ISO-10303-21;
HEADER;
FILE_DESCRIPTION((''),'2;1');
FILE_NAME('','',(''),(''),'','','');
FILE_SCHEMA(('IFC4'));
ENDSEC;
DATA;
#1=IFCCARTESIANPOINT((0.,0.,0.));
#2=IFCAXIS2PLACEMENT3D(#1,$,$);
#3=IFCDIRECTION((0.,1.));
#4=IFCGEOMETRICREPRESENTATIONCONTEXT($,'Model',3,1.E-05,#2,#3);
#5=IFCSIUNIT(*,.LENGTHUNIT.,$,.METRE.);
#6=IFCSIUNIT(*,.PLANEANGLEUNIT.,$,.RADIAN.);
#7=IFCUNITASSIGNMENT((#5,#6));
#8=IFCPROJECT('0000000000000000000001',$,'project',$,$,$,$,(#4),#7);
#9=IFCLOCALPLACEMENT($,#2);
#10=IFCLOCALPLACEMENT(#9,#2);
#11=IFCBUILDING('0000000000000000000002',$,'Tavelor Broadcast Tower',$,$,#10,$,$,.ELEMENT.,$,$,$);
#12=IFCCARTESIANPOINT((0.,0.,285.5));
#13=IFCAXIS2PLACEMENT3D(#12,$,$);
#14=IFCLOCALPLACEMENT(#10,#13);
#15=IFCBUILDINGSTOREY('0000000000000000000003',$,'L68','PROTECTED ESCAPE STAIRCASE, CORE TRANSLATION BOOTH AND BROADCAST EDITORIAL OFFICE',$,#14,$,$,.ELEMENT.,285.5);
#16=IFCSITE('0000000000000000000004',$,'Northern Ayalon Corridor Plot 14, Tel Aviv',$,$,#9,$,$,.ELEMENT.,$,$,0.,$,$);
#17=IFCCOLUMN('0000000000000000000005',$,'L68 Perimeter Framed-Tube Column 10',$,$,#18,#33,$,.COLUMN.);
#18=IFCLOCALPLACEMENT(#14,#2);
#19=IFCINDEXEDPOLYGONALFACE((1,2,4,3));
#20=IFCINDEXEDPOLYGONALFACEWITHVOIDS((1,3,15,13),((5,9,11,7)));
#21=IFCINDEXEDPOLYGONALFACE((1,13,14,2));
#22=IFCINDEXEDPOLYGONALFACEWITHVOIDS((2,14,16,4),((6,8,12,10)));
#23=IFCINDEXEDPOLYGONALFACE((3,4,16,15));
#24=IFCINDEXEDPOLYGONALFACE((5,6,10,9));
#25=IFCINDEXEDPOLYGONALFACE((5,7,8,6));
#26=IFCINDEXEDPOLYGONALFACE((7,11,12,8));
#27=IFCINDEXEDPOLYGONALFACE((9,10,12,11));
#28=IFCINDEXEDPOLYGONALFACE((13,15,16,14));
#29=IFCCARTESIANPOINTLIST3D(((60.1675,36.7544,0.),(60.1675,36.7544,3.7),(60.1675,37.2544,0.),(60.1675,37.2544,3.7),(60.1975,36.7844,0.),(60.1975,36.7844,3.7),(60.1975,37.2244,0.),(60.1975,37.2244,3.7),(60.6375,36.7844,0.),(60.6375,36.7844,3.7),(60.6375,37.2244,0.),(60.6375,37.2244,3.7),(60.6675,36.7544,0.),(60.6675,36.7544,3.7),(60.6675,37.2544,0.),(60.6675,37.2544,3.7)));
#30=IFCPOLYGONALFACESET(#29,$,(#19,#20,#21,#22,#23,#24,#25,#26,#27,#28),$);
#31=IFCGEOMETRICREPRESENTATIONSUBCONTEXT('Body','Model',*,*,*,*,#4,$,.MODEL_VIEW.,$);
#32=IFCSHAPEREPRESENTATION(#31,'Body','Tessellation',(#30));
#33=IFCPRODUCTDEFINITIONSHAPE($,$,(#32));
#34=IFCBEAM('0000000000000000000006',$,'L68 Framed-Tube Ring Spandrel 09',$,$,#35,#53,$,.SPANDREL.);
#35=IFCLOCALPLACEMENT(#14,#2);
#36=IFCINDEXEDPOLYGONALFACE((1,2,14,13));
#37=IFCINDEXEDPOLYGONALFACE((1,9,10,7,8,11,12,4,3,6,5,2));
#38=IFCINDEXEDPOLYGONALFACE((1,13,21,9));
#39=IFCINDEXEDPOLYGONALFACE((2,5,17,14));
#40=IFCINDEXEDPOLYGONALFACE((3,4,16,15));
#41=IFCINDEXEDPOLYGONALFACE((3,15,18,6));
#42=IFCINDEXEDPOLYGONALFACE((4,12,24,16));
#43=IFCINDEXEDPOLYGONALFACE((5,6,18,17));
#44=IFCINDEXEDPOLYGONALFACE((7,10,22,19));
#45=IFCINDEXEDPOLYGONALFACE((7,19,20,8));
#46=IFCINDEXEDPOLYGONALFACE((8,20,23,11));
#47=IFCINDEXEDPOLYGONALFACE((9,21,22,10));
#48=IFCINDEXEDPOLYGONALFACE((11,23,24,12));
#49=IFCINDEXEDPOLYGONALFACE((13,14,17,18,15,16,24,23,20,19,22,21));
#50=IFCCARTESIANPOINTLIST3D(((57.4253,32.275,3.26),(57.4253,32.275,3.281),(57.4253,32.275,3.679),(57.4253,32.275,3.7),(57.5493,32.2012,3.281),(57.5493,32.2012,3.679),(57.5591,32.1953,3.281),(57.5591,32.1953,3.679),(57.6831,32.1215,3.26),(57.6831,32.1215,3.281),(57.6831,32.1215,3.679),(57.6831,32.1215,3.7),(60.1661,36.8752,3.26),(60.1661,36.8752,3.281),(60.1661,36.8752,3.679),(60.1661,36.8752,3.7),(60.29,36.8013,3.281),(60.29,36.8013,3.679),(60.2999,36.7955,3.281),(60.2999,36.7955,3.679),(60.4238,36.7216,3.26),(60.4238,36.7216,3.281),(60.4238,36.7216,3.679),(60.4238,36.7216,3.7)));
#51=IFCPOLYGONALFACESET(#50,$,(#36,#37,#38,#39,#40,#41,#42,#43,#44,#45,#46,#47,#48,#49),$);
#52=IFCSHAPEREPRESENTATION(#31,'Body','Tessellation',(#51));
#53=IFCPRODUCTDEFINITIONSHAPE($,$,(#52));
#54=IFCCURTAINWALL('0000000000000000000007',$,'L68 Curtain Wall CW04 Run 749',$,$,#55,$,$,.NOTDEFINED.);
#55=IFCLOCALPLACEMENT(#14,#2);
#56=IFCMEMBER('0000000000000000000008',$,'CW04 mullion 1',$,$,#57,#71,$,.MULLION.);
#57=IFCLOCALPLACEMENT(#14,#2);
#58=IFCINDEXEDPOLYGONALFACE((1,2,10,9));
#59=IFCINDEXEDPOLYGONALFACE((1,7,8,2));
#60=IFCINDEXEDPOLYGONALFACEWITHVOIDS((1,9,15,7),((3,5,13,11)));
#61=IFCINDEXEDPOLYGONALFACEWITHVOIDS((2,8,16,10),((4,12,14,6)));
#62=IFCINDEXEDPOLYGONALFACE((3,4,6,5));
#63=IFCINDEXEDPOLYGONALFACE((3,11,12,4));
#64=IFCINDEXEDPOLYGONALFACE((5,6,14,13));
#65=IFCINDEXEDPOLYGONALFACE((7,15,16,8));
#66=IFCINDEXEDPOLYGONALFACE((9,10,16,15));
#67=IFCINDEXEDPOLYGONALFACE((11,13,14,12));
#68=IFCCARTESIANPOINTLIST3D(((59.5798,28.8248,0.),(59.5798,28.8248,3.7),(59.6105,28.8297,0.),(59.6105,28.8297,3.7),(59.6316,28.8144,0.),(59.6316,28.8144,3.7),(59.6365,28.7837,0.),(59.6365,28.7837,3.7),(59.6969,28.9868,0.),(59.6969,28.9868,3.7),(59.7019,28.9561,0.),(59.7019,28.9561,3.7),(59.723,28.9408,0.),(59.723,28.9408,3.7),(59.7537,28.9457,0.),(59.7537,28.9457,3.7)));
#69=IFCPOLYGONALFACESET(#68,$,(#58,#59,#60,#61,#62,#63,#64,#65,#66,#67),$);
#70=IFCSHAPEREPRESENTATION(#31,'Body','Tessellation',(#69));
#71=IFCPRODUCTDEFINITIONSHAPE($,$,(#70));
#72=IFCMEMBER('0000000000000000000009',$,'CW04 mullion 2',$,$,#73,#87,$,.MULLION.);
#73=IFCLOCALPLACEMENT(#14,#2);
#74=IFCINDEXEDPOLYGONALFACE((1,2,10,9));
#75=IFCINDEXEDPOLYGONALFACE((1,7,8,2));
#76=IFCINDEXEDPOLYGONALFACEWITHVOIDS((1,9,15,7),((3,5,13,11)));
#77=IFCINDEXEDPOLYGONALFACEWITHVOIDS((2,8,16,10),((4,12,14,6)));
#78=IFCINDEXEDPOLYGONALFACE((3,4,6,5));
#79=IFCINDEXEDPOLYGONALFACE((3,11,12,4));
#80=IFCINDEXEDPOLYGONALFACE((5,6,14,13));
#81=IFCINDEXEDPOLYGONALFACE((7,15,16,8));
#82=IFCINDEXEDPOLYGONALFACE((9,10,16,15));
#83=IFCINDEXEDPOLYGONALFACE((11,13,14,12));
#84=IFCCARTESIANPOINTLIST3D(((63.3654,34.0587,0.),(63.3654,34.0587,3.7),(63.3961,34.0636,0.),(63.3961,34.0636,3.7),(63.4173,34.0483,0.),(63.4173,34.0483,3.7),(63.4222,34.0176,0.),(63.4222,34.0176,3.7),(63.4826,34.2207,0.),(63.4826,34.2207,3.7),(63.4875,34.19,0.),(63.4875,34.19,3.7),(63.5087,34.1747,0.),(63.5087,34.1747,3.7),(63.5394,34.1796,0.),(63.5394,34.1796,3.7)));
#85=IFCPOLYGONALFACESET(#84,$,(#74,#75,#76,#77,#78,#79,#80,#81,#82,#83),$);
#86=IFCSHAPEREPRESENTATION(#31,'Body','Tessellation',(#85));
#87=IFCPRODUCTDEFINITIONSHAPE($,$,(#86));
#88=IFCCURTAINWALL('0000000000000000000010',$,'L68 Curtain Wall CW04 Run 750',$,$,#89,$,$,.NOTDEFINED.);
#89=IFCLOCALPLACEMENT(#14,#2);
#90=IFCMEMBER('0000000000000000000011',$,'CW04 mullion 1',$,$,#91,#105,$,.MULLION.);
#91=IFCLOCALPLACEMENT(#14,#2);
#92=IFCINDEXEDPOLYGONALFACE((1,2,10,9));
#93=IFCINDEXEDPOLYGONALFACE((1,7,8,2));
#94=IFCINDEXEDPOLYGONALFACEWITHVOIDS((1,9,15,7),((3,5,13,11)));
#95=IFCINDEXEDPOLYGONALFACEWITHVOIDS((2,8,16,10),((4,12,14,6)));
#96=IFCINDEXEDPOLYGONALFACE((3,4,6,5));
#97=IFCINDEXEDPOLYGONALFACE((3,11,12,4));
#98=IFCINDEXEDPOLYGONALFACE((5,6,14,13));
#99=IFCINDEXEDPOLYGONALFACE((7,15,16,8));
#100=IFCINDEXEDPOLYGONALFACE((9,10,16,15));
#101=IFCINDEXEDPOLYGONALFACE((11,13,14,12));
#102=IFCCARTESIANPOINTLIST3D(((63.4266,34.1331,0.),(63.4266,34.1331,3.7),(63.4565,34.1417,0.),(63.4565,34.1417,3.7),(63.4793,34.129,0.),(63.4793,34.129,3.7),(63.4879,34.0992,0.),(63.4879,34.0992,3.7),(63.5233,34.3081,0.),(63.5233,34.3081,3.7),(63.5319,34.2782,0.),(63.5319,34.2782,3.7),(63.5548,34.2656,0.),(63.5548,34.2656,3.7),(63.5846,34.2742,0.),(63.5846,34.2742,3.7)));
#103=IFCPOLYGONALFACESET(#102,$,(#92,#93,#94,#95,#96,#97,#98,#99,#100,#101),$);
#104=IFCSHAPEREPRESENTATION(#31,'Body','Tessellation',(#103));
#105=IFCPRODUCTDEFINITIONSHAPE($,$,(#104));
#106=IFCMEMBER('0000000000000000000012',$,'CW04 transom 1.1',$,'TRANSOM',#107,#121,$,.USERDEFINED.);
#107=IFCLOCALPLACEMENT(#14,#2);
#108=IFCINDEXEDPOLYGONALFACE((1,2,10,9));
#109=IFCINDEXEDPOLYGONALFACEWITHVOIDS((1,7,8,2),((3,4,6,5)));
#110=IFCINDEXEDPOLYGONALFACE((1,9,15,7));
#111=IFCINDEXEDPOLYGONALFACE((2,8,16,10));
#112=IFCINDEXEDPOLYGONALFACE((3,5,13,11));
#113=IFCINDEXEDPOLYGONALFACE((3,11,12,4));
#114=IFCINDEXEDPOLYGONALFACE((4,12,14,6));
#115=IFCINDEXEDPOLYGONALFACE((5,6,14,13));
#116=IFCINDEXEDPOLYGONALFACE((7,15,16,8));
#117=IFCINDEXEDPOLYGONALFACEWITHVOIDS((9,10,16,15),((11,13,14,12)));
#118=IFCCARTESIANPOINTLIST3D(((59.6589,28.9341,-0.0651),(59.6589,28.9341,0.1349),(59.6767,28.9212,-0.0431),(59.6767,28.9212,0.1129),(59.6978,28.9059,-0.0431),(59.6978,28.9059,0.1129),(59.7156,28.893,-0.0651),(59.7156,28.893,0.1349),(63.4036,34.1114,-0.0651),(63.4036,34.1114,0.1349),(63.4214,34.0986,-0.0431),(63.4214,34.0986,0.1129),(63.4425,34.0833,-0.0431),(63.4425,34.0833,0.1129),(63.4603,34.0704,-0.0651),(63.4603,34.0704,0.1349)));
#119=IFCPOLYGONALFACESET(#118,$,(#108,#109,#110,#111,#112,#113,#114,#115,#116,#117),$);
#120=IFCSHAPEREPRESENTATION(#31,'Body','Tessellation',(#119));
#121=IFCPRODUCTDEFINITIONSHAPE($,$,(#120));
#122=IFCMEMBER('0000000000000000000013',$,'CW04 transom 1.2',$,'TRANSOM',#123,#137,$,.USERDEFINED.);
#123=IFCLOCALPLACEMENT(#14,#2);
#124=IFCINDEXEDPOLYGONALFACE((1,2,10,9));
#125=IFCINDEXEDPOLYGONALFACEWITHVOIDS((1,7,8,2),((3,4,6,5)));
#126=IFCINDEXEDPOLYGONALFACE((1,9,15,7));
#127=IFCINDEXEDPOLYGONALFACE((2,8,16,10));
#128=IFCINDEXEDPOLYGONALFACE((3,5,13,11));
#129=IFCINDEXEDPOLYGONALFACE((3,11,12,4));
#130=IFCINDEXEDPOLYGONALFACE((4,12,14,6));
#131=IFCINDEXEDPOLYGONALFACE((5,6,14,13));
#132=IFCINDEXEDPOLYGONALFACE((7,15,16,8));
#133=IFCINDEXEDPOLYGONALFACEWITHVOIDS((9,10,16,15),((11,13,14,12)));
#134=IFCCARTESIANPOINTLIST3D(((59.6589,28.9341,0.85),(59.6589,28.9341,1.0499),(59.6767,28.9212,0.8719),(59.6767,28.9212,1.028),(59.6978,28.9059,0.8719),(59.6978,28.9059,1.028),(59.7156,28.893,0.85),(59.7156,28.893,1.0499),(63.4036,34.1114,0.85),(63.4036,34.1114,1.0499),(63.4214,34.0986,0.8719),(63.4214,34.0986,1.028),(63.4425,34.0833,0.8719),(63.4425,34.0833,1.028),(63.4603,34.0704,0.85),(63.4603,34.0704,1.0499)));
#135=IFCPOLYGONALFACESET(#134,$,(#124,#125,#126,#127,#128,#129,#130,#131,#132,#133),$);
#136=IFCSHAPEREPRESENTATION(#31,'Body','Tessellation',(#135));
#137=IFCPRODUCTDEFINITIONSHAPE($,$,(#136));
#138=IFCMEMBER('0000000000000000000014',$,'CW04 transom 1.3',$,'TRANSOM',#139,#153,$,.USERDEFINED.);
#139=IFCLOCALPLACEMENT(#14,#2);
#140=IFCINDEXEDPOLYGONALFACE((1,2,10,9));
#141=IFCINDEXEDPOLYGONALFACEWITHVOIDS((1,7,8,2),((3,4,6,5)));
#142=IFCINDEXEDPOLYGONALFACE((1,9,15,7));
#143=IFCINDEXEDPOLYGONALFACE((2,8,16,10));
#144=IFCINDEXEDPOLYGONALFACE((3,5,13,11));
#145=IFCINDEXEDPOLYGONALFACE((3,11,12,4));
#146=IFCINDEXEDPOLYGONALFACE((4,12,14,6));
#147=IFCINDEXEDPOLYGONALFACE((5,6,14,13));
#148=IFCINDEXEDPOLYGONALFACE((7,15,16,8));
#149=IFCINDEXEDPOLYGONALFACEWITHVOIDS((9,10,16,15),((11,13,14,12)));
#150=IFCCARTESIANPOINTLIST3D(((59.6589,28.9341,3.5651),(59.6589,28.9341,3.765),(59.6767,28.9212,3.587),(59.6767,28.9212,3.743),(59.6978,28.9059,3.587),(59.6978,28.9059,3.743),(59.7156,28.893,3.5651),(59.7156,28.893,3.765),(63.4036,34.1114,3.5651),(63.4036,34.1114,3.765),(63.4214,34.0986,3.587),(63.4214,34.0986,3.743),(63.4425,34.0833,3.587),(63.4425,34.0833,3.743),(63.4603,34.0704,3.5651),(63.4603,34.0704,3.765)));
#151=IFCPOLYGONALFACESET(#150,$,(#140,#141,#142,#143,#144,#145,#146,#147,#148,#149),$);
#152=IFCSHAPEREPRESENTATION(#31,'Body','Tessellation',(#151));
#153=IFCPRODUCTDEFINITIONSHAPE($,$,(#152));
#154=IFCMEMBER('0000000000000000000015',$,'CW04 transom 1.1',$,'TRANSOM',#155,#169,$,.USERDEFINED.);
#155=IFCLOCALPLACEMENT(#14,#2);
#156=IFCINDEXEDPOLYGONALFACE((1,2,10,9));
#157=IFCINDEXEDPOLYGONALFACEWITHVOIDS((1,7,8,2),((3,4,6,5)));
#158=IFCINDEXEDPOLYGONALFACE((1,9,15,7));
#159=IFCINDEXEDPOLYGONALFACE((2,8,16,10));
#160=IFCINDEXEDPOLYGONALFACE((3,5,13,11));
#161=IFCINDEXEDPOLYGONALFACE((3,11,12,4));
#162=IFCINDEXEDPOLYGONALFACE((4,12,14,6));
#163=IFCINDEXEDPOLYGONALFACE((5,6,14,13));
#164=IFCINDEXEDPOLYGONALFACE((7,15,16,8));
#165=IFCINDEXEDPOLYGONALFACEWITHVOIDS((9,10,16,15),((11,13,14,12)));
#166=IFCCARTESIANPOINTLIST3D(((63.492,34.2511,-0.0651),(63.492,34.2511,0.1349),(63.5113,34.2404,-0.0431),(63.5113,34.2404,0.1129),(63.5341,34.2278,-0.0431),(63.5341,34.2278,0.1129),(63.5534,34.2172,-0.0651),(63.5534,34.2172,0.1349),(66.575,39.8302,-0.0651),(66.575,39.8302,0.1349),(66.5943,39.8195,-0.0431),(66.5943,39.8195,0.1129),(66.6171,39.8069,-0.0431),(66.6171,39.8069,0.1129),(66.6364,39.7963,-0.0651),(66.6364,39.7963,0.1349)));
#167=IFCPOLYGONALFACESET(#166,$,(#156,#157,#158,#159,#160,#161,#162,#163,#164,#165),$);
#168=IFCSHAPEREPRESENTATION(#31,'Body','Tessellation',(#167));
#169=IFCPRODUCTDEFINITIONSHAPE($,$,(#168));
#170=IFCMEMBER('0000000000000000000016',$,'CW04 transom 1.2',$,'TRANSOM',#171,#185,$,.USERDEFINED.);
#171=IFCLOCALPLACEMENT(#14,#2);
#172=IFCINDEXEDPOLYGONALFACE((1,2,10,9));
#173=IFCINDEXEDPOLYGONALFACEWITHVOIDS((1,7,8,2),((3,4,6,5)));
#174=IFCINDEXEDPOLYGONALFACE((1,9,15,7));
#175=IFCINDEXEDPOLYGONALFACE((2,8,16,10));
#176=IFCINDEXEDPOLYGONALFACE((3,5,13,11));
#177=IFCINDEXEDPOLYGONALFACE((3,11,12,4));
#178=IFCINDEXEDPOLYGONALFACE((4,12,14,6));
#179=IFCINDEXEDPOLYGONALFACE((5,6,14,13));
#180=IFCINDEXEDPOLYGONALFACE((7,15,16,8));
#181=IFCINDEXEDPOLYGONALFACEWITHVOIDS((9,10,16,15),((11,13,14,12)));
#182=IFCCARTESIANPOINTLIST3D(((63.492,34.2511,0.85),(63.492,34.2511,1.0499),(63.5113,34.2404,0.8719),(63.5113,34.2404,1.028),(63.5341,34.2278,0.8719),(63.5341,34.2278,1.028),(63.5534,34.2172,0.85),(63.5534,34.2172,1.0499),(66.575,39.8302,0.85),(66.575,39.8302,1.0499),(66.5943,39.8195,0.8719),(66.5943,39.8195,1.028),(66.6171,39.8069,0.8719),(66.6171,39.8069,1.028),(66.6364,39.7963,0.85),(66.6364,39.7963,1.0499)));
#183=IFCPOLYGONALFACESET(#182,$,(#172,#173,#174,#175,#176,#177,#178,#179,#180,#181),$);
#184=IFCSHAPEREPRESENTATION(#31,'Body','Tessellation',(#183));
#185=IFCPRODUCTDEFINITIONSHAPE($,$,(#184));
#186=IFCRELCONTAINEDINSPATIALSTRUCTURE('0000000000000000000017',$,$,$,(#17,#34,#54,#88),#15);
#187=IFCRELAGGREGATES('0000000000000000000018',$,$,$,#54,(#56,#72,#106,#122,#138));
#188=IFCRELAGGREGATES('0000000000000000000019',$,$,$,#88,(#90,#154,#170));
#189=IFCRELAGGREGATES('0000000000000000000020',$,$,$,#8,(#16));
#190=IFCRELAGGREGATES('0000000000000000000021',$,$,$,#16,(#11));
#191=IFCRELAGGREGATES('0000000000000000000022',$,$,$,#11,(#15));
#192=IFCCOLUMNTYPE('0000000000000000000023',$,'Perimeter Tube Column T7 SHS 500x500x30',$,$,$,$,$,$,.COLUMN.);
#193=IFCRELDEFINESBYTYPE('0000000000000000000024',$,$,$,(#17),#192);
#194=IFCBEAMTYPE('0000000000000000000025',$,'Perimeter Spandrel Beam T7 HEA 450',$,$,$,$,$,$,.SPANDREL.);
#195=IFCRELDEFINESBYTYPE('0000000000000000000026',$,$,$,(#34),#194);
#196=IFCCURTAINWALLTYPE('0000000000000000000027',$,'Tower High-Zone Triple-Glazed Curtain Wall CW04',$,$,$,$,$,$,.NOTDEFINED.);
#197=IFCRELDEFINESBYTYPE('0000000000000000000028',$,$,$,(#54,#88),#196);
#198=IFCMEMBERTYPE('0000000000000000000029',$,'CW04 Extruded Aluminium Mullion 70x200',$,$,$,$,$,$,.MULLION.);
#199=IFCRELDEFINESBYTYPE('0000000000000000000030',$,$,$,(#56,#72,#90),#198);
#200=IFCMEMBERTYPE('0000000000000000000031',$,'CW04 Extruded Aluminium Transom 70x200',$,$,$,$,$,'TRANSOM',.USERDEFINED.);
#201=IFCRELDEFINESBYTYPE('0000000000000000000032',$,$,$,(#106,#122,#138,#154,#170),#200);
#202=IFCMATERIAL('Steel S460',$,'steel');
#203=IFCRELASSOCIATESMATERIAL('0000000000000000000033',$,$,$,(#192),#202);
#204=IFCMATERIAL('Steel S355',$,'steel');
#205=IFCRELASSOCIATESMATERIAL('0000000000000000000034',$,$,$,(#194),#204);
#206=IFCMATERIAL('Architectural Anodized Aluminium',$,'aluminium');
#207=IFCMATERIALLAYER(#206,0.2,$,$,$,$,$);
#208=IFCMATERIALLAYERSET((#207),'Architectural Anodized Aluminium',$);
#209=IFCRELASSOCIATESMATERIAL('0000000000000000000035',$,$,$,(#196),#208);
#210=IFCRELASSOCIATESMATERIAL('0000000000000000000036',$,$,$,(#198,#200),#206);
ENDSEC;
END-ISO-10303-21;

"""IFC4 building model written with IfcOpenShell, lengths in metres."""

from ifc_helpers import new_model, si_unit, direction, frame, origin, origin_2d, place, context, subcontext, project, spatial, hollow_rectangle, i_section, extrude, source, transform, mapped, material, layer, layer_set, material_profile, profile_set, type_object, type_shapes, element, aggregate, save


model = new_model("IFC4")

# Units and contexts
model_context = context("Model", 3, precision=1e-05, world=origin(), true_north=direction((0.0, 1.0)))
body_context = subcontext(model_context, "Body", "Model", "MODEL_VIEW")
ifc_project = project(units=[si_unit("LENGTHUNIT", "METRE"), si_unit("PLANEANGLEUNIT", "RADIAN")], contexts=[model_context])

# Site, building, storey
site_placement = place(None, origin())
site = spatial("IfcSite", under=ifc_project, at=site_placement, Name="Northern Ayalon Corridor Plot 14, Tel Aviv", CompositionType="ELEMENT", RefElevation=0.0)
building_placement = place(site_placement, origin())
building = spatial("IfcBuilding", under=site, at=building_placement, Name="Tavelor Broadcast Tower", CompositionType="ELEMENT")
storey_placement = place(building_placement, frame((0.0, 0.0, 285.5)))
storey = spatial("IfcBuildingStorey", under=building, at=storey_placement, Name="L68", Description="PROTECTED ESCAPE STAIRCASE, CORE TRANSLATION BOOTH AND BROADCAST EDITORIAL OFFICE", CompositionType="ELEMENT", Elevation=285.5)

# Column
ifc_material_1 = material(Name="Steel S460", Category="steel")
ifc_material_profile_1 = material_profile(ifc_material_1, hollow_rectangle(XDim=0.5, YDim=0.5, WallThickness=0.03, at=origin_2d()), Name="SHS 500x500x30")
ifc_profile_set_1 = profile_set([ifc_material_profile_1], Name="Steel S460")
column_type = type_object("IfcColumnType", Name="Perimeter Tube Column T7 SHS 500x500x30", PredefinedType="COLUMN", material=ifc_profile_set_1)
column_placement = place(storey_placement, frame((60.4175, 37.0044, 0.0), z_axis=(0.0, 0.0, 1.0), x_axis=(1.0, 0.0, 0.0)))
element("IfcColumn", 1, at=column_placement, inside=storey, type_object=column_type, Name="L68 Perimeter Framed-Tube Column 10", PredefinedType="COLUMN", context=body_context, shape_type="SweptSolid", body=[
    extrude(hollow_rectangle(XDim=0.5, YDim=0.5, WallThickness=0.03, at=origin_2d()), origin(), (0.0, 0.0, 1.0), 3.7),
])

# Beam
ifc_material_2 = material(Name="Steel S355", Category="steel")
ifc_material_profile_2 = material_profile(ifc_material_2, i_section(OverallWidth=0.3, OverallDepth=0.4399, WebThickness=0.0115, FlangeThickness=0.021, at=origin_2d()), Name="HEA 450")
ifc_profile_set_2 = profile_set([ifc_material_profile_2], Name="Steel S355")
beam_type = type_object("IfcBeamType", Name="Perimeter Spandrel Beam T7 HEA 450", PredefinedType="SPANDREL", material=ifc_profile_set_2)
beam_placement = place(storey_placement, frame((57.5542, 32.1982, 3.48), z_axis=(0.511838, 0.859082, 0.0), x_axis=(-0.859082, 0.511838, 0.0)))
element("IfcBeam", 2, at=beam_placement, inside=storey, type_object=beam_type, Name="L68 Framed-Tube Ring Spandrel 09", PredefinedType="SPANDREL", context=body_context, shape_type="SweptSolid", body=[
    extrude(i_section(OverallWidth=0.3, OverallDepth=0.4399, WebThickness=0.0115, FlangeThickness=0.021, at=origin_2d()), origin(), (0.0, 0.0, 1.0), 5.3547),
])

# Curtain wall, members
ifc_material_3 = material(Name="Architectural Anodized Aluminium", Category="aluminium")
ifc_layer_1 = layer(ifc_material_3, 0.2)
ifc_layer_set_1 = layer_set([ifc_layer_1], Name="Architectural Anodized Aluminium")
curtain_wall_type = type_object("IfcCurtainWallType", Name="Tower High-Zone Triple-Glazed Curtain Wall CW04", PredefinedType="NOTDEFINED", material=ifc_layer_set_1)
curtain_wall_1_placement = place(storey_placement, origin())
curtain_wall_1 = element("IfcCurtainWall", 3, at=curtain_wall_1_placement, inside=storey, type_object=curtain_wall_type, Name="L68 Curtain Wall CW04 Run 749", PredefinedType="NOTDEFINED")
ifc_material_profile_3 = material_profile(ifc_material_3, hollow_rectangle(XDim=0.0701, YDim=0.2, WallThickness=0.022, at=origin_2d()), Name="RHS 70x200x22")
ifc_profile_set_3 = profile_set([ifc_material_profile_3], Name="Architectural Anodized Aluminium")
member_type_1 = type_object("IfcMemberType", Name="CW04 Extruded Aluminium Mullion 70x200", PredefinedType="MULLION", material=ifc_profile_set_3)
shared_shape_1 = source(origin(), body_context, "Body", "SweptSolid", [
    extrude(hollow_rectangle(XDim=0.0701, YDim=0.2, WallThickness=0.022, at=origin_2d()), origin(), (0.0, 0.0, 1.0), 3.7),
])
type_shapes(member_type_1, [shared_shape_1])
member_1_placement = place(storey_placement, frame((59.6667, 28.8853, 0.0), z_axis=(0.0, 0.0, 1.0), x_axis=(-0.810289, 0.586031, 0.0)))
member_1 = element("IfcMember", 4, at=member_1_placement, type_object=member_type_1, Name="CW04 mullion 1", PredefinedType="MULLION", context=body_context, shape_type="MappedRepresentation", body=[
    mapped(shared_shape_1, transform((0.0, 0.0, 0.0), scale=1.0)),
])
member_2_placement = place(storey_placement, frame((63.4524, 34.1191, 0.0), z_axis=(0.0, 0.0, 1.0), x_axis=(-0.810289, 0.586031, 0.0)))
member_2 = element("IfcMember", 5, at=member_2_placement, type_object=member_type_1, Name="CW04 mullion 2", PredefinedType="MULLION", context=body_context, shape_type="MappedRepresentation", body=[
    mapped(shared_shape_1, transform((0.0, 0.0, 0.0), scale=1.0)),
])

# Curtain wall, member
curtain_wall_2_placement = place(storey_placement, origin())
curtain_wall_2 = element("IfcCurtainWall", 6, at=curtain_wall_2_placement, inside=storey, type_object=curtain_wall_type, Name="L68 Curtain Wall CW04 Run 750", PredefinedType="NOTDEFINED")
member_3_placement = place(storey_placement, frame((63.5056, 34.2036, 0.0), z_axis=(0.0, 0.0, 1.0), x_axis=(-0.875257, 0.483658, 0.0)))
member_3 = element("IfcMember", 7, at=member_3_placement, type_object=member_type_1, Name="CW04 mullion 1", PredefinedType="MULLION", context=body_context, shape_type="MappedRepresentation", body=[
    mapped(shared_shape_1, transform((0.0, 0.0, 0.0), scale=1.0)),
])

# Members
ifc_material_profile_4 = material_profile(ifc_material_3, hollow_rectangle(XDim=0.0701, YDim=0.2, WallThickness=0.022, at=origin_2d()), Name="RHS 70x200x22")
ifc_profile_set_4 = profile_set([ifc_material_profile_4], Name="Architectural Anodized Aluminium")
member_type_2 = type_object("IfcMemberType", Name="CW04 Extruded Aluminium Transom 70x200", ElementType="TRANSOM", PredefinedType="USERDEFINED", material=ifc_profile_set_4)
shared_shape_2 = source(origin(), body_context, "Body", "SweptSolid", [
    extrude(hollow_rectangle(XDim=0.0701, YDim=0.2, WallThickness=0.022, at=origin_2d()), origin(), (0.0, 0.0, 1.0), 6.3896),
])
member_4_placement = place(storey_placement, frame((59.6873, 28.9136, 0.0349), z_axis=(0.586057, 0.81027, 0.0), x_axis=(-0.81027, 0.586057, 0.0)))
member_4 = element("IfcMember", 8, at=member_4_placement, type_object=member_type_2, Name="CW04 transom 1.1", ObjectType="TRANSOM", PredefinedType="USERDEFINED", context=body_context, shape_type="MappedRepresentation", body=[
    mapped(shared_shape_2, transform((0.0, 0.0, 0.0), scale=1.0)),
])
member_5_placement = place(storey_placement, frame((59.6873, 28.9136, 0.95), z_axis=(0.586057, 0.81027, 0.0), x_axis=(-0.81027, 0.586057, 0.0)))
member_5 = element("IfcMember", 9, at=member_5_placement, type_object=member_type_2, Name="CW04 transom 1.2", ObjectType="TRANSOM", PredefinedType="USERDEFINED", context=body_context, shape_type="MappedRepresentation", body=[
    mapped(shared_shape_2, transform((0.0, 0.0, 0.0), scale=1.0)),
])
member_6_placement = place(storey_placement, frame((59.6873, 28.9136, 3.665), z_axis=(0.586057, 0.81027, 0.0), x_axis=(-0.81027, 0.586057, 0.0)))
member_6 = element("IfcMember", 10, at=member_6_placement, type_object=member_type_2, Name="CW04 transom 1.3", ObjectType="TRANSOM", PredefinedType="USERDEFINED", context=body_context, shape_type="MappedRepresentation", body=[
    mapped(shared_shape_2, transform((0.0, 0.0, 0.0), scale=1.0)),
])
shared_shape_3 = source(origin(), body_context, "Body", "SweptSolid", [
    extrude(hollow_rectangle(XDim=0.0701, YDim=0.2, WallThickness=0.022, at=origin_2d()), origin(), (0.0, 0.0, 1.0), 6.3743),
])
type_shapes(member_type_2, [shared_shape_2, shared_shape_3])
member_7_placement = place(storey_placement, frame((63.5227, 34.2341, 0.0349), z_axis=(0.483664, 0.875253, 0.0), x_axis=(-0.875253, 0.483664, 0.0)))
member_7 = element("IfcMember", 11, at=member_7_placement, type_object=member_type_2, Name="CW04 transom 1.1", ObjectType="TRANSOM", PredefinedType="USERDEFINED", context=body_context, shape_type="MappedRepresentation", body=[
    mapped(shared_shape_3, transform((0.0, 0.0, 0.0), scale=1.0)),
])
member_8_placement = place(storey_placement, frame((63.5227, 34.2341, 0.95), z_axis=(0.483664, 0.875253, 0.0), x_axis=(-0.875253, 0.483664, 0.0)))
member_8 = element("IfcMember", 12, at=member_8_placement, type_object=member_type_2, Name="CW04 transom 1.2", ObjectType="TRANSOM", PredefinedType="USERDEFINED", context=body_context, shape_type="MappedRepresentation", body=[
    mapped(shared_shape_3, transform((0.0, 0.0, 0.0), scale=1.0)),
])

aggregate(curtain_wall_1, [member_1, member_2, member_4, member_5, member_6])
aggregate(curtain_wall_2, [member_3, member_7, member_8])

save(model, "model.ifc")
